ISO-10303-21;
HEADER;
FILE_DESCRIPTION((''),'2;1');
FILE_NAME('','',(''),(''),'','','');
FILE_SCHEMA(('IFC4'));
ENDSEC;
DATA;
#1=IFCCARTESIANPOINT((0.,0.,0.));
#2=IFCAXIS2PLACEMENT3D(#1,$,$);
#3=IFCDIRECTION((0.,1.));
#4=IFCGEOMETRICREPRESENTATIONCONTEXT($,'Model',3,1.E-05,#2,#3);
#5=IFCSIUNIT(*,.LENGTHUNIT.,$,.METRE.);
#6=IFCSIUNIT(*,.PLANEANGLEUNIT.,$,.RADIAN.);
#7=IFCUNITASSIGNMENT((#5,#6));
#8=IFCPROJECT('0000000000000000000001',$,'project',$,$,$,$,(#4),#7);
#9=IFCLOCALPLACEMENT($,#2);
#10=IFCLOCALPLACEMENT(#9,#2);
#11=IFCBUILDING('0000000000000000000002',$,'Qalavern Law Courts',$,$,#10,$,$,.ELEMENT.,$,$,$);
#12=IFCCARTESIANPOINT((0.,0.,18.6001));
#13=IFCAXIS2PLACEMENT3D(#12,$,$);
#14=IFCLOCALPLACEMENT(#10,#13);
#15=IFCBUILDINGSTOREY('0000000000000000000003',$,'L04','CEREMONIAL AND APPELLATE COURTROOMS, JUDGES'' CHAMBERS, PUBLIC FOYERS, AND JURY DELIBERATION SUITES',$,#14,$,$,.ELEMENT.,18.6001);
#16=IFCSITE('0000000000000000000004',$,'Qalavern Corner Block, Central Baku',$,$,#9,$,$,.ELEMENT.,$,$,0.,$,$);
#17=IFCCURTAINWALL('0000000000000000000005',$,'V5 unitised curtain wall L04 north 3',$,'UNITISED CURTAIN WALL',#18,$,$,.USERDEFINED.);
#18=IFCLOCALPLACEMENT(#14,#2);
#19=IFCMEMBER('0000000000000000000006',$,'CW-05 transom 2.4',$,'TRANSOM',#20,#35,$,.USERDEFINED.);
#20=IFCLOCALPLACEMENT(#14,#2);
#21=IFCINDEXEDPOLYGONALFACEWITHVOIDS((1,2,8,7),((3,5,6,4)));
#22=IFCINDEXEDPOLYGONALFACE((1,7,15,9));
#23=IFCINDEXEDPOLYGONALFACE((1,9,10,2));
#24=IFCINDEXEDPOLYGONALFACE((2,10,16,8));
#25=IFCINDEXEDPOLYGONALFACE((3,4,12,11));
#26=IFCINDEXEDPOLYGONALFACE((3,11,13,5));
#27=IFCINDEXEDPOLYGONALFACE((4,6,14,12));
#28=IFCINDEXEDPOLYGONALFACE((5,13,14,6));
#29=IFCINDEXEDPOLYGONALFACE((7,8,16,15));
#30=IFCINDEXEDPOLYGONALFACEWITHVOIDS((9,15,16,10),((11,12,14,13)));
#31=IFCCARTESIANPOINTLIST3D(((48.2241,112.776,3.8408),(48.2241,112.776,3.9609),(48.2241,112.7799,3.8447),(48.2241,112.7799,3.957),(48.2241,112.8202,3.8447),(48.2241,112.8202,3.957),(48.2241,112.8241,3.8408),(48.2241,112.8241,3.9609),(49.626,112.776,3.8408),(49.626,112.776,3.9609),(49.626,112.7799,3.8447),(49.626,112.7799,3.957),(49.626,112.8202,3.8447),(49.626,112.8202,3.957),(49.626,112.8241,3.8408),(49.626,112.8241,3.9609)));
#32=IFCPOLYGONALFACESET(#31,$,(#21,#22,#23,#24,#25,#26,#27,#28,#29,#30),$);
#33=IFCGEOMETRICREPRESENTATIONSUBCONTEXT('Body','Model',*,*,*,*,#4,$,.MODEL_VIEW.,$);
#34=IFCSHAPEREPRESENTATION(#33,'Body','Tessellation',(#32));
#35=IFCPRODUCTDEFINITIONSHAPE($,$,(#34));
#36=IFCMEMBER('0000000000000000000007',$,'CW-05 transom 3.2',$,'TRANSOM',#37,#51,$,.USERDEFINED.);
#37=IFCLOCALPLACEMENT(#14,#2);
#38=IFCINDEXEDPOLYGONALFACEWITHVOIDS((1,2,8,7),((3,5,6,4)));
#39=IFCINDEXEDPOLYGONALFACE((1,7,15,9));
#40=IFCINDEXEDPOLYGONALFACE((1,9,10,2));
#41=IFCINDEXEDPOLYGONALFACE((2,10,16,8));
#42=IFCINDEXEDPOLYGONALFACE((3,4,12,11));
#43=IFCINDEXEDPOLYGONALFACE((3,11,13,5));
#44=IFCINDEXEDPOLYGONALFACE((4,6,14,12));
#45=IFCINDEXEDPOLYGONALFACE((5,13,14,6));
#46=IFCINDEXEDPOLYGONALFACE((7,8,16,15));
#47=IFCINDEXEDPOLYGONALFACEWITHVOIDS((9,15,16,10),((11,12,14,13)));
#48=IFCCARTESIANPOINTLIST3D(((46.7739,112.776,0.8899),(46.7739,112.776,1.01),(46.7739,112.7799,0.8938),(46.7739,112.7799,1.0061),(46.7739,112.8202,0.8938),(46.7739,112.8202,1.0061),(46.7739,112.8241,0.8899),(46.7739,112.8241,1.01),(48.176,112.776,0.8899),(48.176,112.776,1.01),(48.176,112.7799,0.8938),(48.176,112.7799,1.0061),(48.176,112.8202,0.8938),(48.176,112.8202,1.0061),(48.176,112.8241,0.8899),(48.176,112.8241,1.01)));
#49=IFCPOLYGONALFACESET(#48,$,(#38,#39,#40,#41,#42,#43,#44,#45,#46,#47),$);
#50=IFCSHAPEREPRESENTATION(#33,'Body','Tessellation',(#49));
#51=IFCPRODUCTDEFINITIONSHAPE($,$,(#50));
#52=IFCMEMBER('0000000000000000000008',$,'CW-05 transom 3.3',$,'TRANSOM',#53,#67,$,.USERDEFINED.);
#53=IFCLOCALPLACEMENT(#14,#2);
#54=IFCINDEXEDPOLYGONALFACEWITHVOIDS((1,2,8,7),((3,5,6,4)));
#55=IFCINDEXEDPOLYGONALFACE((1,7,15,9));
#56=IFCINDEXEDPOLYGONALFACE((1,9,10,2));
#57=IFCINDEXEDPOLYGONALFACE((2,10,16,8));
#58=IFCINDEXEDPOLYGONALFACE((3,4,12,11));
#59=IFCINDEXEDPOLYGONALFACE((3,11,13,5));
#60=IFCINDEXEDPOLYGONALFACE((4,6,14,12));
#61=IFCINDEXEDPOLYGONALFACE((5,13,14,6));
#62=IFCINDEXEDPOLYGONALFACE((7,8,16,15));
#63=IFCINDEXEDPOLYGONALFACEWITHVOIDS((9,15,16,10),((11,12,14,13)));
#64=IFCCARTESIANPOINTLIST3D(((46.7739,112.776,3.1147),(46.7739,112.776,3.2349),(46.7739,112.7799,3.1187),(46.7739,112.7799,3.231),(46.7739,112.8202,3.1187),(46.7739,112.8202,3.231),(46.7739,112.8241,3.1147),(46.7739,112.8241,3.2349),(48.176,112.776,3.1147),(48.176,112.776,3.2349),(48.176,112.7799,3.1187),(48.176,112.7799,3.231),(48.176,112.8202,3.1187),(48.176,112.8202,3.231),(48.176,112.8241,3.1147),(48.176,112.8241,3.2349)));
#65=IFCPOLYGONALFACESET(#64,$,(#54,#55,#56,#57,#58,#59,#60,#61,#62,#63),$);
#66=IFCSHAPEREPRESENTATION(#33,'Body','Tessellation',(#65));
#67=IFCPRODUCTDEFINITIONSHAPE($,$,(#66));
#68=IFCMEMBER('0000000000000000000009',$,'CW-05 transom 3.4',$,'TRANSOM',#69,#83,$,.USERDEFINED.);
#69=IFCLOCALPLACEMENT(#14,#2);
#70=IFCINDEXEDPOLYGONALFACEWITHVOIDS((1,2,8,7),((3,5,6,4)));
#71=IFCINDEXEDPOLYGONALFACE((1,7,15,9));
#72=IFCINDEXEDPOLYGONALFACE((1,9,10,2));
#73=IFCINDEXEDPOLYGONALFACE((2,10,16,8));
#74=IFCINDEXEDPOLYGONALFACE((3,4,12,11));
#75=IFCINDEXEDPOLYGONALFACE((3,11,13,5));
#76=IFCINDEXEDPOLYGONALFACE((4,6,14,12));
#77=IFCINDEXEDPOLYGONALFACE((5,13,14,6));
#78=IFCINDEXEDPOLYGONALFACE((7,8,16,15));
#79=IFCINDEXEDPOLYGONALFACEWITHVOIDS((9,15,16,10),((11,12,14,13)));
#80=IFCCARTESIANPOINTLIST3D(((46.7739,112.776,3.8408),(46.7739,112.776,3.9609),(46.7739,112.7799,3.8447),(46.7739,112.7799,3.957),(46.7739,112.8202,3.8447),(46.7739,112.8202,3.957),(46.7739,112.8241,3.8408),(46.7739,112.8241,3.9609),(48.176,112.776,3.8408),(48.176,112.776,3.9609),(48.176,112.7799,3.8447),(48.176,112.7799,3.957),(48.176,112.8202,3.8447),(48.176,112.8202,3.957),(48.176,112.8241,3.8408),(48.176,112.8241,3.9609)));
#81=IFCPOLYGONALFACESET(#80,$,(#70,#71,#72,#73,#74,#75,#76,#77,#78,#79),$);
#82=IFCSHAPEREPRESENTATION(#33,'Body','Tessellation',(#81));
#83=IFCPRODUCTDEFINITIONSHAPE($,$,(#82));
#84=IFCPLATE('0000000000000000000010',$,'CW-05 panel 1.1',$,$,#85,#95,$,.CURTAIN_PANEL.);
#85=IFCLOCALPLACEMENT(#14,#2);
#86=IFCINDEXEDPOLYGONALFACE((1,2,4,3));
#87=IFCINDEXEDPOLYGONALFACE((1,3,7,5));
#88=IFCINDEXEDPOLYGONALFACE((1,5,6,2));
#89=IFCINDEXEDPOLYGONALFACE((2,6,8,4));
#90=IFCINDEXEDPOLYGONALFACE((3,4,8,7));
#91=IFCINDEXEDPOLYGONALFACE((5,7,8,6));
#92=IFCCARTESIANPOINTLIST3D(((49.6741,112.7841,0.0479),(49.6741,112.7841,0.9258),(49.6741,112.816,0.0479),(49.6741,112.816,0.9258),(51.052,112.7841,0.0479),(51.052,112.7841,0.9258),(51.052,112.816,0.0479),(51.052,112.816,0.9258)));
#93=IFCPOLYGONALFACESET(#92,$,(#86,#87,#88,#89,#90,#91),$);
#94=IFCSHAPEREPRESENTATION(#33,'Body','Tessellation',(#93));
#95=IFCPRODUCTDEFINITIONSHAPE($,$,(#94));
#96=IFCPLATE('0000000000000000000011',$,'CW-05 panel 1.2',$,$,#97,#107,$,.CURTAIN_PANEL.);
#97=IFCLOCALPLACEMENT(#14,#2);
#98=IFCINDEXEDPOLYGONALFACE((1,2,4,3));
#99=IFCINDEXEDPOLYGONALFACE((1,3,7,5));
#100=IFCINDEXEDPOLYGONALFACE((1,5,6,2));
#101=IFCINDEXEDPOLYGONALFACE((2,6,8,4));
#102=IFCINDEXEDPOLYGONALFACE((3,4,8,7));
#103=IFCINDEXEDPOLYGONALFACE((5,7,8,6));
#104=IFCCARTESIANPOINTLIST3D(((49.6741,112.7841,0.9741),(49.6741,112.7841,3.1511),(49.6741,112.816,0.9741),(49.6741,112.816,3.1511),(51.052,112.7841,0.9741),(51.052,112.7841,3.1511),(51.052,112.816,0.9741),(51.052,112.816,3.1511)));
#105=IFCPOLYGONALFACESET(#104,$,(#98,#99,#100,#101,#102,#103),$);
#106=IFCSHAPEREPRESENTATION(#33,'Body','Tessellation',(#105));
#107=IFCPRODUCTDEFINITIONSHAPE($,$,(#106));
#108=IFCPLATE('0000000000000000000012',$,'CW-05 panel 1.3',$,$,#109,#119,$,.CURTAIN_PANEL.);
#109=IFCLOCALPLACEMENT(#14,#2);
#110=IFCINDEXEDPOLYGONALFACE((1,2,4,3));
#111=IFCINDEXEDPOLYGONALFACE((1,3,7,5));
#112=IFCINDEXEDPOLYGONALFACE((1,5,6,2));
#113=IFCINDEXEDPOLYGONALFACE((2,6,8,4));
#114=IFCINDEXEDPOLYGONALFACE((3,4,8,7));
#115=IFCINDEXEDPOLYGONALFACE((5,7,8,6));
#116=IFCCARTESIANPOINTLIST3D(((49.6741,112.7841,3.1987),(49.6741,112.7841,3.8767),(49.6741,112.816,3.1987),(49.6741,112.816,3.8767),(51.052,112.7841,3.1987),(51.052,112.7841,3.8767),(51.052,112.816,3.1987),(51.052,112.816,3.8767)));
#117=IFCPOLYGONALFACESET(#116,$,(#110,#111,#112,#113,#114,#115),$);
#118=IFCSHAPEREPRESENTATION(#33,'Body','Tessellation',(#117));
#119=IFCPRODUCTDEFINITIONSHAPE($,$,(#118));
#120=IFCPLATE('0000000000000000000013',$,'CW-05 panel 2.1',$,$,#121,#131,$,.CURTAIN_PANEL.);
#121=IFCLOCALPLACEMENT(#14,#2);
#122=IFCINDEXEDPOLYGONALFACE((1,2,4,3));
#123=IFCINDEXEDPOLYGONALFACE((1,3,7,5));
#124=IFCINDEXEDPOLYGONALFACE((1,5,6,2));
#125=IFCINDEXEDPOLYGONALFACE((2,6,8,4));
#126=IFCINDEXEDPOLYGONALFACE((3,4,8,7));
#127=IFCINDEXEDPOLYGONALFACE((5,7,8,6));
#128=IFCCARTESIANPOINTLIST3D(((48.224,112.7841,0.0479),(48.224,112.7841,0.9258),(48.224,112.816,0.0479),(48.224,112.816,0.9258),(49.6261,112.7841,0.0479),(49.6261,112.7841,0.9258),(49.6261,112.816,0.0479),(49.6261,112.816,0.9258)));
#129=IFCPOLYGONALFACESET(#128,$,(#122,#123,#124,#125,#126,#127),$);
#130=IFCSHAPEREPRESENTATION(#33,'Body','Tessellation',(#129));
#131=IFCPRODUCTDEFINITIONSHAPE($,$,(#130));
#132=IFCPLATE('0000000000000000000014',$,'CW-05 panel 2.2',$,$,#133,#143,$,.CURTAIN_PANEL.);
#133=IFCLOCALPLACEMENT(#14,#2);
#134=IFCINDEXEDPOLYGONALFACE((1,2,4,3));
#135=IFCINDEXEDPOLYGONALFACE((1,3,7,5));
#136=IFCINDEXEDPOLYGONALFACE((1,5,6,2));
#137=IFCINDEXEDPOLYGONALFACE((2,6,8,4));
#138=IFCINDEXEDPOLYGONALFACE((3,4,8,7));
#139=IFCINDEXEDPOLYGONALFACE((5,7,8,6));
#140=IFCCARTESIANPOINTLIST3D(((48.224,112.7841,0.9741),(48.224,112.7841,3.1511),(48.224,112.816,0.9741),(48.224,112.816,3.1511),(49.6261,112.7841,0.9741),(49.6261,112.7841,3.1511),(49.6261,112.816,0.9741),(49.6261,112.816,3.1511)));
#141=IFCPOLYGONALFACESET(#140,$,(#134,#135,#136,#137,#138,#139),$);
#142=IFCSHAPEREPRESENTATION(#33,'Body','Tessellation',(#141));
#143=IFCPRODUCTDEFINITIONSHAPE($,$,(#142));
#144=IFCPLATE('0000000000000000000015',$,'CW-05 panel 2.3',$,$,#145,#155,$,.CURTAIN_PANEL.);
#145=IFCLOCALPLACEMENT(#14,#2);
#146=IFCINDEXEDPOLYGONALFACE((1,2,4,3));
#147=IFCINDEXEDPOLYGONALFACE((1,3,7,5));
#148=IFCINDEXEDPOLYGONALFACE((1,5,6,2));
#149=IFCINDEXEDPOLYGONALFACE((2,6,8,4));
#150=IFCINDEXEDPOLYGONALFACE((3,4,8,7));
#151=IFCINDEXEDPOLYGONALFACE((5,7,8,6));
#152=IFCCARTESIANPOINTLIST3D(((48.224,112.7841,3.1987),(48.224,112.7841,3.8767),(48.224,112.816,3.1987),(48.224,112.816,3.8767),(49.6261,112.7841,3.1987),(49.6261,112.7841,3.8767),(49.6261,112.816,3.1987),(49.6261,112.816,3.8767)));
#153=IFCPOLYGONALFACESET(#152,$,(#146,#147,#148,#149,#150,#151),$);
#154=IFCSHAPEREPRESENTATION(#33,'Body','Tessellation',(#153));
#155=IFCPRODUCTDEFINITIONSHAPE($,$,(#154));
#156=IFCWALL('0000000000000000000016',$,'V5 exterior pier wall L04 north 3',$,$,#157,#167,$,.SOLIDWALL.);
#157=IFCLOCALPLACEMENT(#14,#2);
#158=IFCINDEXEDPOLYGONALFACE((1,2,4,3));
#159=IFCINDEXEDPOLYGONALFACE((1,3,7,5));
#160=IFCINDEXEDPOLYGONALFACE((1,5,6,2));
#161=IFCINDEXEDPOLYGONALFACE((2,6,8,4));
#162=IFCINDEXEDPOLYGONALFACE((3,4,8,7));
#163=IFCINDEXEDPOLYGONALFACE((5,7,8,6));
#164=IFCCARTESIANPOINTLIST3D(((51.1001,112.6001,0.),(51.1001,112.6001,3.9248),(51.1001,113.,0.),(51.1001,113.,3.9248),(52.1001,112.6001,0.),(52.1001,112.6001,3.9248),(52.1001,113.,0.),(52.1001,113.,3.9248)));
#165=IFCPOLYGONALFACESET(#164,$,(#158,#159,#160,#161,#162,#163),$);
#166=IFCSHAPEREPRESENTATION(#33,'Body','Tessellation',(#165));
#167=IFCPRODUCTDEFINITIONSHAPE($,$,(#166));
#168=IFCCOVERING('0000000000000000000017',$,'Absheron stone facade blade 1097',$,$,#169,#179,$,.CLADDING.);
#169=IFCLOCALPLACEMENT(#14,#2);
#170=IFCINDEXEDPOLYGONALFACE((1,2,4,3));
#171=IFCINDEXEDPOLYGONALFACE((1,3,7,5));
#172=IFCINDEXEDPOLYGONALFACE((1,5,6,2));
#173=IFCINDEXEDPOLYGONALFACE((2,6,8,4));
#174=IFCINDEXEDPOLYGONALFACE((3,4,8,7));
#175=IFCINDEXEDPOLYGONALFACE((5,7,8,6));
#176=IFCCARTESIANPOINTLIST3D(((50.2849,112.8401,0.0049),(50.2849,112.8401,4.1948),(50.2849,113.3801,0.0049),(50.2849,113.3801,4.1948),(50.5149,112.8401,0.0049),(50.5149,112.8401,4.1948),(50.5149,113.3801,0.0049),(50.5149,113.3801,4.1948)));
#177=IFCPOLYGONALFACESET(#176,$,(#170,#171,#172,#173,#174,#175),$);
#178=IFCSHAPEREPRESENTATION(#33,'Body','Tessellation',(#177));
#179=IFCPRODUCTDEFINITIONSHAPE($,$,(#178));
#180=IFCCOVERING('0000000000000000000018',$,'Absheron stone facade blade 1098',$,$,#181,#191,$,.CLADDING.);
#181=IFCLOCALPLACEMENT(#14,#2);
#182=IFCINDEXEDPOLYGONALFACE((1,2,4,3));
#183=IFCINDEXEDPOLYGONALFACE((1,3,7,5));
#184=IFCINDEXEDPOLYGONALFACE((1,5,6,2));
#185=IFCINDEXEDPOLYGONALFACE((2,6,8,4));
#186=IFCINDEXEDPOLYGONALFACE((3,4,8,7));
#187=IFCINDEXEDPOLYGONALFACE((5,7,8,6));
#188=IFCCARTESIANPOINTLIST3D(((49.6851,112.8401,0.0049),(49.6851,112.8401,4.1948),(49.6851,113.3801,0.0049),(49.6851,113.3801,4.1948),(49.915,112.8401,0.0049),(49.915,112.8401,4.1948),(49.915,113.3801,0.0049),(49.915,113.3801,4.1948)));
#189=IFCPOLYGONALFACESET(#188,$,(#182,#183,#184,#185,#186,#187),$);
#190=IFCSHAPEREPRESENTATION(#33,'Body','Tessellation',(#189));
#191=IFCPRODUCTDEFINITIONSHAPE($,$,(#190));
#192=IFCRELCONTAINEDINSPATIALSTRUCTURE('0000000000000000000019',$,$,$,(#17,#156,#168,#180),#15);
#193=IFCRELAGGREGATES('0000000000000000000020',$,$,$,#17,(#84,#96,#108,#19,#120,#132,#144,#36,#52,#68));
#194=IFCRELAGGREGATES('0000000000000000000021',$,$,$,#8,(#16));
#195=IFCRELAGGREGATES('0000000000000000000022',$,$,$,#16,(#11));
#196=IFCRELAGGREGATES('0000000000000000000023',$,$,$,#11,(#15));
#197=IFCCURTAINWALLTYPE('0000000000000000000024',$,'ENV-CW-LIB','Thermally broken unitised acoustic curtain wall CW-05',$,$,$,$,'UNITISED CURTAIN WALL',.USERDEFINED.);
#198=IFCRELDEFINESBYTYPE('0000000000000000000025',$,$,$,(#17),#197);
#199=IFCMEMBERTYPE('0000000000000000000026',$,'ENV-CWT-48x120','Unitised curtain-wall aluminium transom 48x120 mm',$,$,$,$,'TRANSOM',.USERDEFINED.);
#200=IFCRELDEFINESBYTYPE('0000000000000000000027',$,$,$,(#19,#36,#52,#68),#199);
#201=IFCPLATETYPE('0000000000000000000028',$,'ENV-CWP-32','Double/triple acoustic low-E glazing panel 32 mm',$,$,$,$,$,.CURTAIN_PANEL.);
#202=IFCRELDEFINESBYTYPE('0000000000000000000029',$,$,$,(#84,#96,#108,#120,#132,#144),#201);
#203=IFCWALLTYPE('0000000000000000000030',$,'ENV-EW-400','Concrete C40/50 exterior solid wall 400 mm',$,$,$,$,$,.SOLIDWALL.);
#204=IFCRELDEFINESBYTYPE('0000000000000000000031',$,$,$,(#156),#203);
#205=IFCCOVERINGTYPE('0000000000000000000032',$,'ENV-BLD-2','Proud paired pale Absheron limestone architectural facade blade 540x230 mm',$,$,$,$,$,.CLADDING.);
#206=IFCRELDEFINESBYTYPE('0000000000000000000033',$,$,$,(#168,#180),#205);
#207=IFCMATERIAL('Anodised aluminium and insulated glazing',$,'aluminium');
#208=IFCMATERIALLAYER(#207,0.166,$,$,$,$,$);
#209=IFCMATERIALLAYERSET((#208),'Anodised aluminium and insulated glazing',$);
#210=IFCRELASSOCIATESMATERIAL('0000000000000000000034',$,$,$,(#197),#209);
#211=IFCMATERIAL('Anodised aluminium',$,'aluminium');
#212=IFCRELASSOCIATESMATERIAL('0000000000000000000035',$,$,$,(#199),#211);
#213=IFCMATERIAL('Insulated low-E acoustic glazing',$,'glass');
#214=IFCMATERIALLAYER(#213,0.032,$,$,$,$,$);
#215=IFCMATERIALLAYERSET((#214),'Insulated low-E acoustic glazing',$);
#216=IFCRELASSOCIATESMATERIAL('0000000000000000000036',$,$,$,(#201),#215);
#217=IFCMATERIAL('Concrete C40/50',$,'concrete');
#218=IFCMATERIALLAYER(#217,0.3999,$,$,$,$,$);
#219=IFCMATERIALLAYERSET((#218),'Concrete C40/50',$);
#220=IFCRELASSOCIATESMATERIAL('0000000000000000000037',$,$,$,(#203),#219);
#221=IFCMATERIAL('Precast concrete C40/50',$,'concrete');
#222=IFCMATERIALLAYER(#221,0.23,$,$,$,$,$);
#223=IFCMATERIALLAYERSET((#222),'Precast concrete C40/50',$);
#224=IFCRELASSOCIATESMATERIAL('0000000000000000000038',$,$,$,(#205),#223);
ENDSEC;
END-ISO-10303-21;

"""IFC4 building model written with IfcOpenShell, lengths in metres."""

from ifc_helpers import new_model, si_unit, direction, frame, frame_2d, origin, origin_2d, place, context, subcontext, project, spatial, rectangle, hollow_rectangle, extrude, material, layer, layer_set, material_profile, profile_set, type_object, element, aggregate, save


model = new_model("IFC4")

# Units and contexts
model_context = context("Model", 3, precision=1e-05, world=origin(), true_north=direction((0.0, 1.0)))
body_context = subcontext(model_context, "Body", "Model", "MODEL_VIEW")
ifc_project = project(units=[si_unit("LENGTHUNIT", "METRE"), si_unit("PLANEANGLEUNIT", "RADIAN")], contexts=[model_context])

# Site, building, storey
site_placement = place(None, origin())
site = spatial("IfcSite", under=ifc_project, at=site_placement, Name="Qalavern Corner Block, Central Baku", CompositionType="ELEMENT", RefElevation=0.0)
building_placement = place(site_placement, origin())
building = spatial("IfcBuilding", under=site, at=building_placement, Name="Qalavern Law Courts", CompositionType="ELEMENT")
storey_placement = place(building_placement, frame((0.0, 0.0, 18.6001)))
storey = spatial("IfcBuildingStorey", under=building, at=storey_placement, Name="L04", Description="CEREMONIAL AND APPELLATE COURTROOMS, JUDGES' CHAMBERS, PUBLIC FOYERS, AND JURY DELIBERATION SUITES", CompositionType="ELEMENT", Elevation=18.6001)

# Shared definitions
ifc_material_1 = material(Name="Anodised aluminium and insulated glazing", Category="aluminium")
ifc_layer_1 = layer(ifc_material_1, 0.166)
ifc_layer_set_1 = layer_set([ifc_layer_1], Name="Anodised aluminium and insulated glazing")
curtain_wall_type = type_object("IfcCurtainWallType", Name="ENV-CW-LIB", Description="Thermally broken unitised acoustic curtain wall CW-05", ElementType="UNITISED CURTAIN WALL", PredefinedType="USERDEFINED", material=ifc_layer_set_1)
ifc_material_2 = material(Name="Anodised aluminium", Category="aluminium")

# Curtain wall, members, plates
curtain_wall_1_placement = place(storey_placement, origin())
curtain_wall_1 = element("IfcCurtainWall", 1, at=curtain_wall_1_placement, inside=storey, type_object=curtain_wall_type, Name="V5 unitised curtain wall L04 north 3", ObjectType="UNITISED CURTAIN WALL", PredefinedType="USERDEFINED")
ifc_material_profile_1 = material_profile(ifc_material_2, hollow_rectangle(XDim=0.0481, YDim=0.1201, WallThickness=0.0039, at=origin_2d()), Name="ALU TRANSOM 48x120")
ifc_profile_set_1 = profile_set([ifc_material_profile_1], Name="Anodised aluminium")
member_type_1 = type_object("IfcMemberType", Name="ENV-CWT-48x120", Description="Unitised curtain-wall aluminium transom 48x120 mm", ElementType="TRANSOM", PredefinedType="USERDEFINED", material=ifc_profile_set_1)
member_1_placement = place(storey_placement, frame((49.626, 112.8, 3.9009), z_axis=(-1.0, 0.0, 0.0), x_axis=(0.0, -1.0, 0.0)))
member_1 = element("IfcMember", 2, at=member_1_placement, type_object=member_type_1, Name="CW-05 transom 2.4", ObjectType="TRANSOM", PredefinedType="USERDEFINED", context=body_context, shape_type="SweptSolid", body=[
    extrude(hollow_rectangle(XDim=0.0481, YDim=0.1201, WallThickness=0.0039, at=origin_2d()), origin(), (0.0, 0.0, 1.0), 1.4019),
])
member_2_placement = place(storey_placement, frame((48.176, 112.8, 0.95), z_axis=(-1.0, 0.0, 0.0), x_axis=(0.0, -1.0, 0.0)))
member_2 = element("IfcMember", 3, at=member_2_placement, type_object=member_type_1, Name="CW-05 transom 3.2", ObjectType="TRANSOM", PredefinedType="USERDEFINED", context=body_context, shape_type="SweptSolid", body=[
    extrude(hollow_rectangle(XDim=0.0481, YDim=0.1201, WallThickness=0.0039, at=origin_2d()), origin(), (0.0, 0.0, 1.0), 1.4021),
])
member_3_placement = place(storey_placement, frame((48.176, 112.8, 3.1748), z_axis=(-1.0, 0.0, 0.0), x_axis=(0.0, -1.0, 0.0)))
member_3 = element("IfcMember", 4, at=member_3_placement, type_object=member_type_1, Name="CW-05 transom 3.3", ObjectType="TRANSOM", PredefinedType="USERDEFINED", context=body_context, shape_type="SweptSolid", body=[
    extrude(hollow_rectangle(XDim=0.0481, YDim=0.1201, WallThickness=0.0039, at=origin_2d()), origin(), (0.0, 0.0, 1.0), 1.4021),
])
member_4_placement = place(storey_placement, frame((48.176, 112.8, 3.9009), z_axis=(-1.0, 0.0, 0.0), x_axis=(0.0, -1.0, 0.0)))
member_4 = element("IfcMember", 5, at=member_4_placement, type_object=member_type_1, Name="CW-05 transom 3.4", ObjectType="TRANSOM", PredefinedType="USERDEFINED", context=body_context, shape_type="SweptSolid", body=[
    extrude(hollow_rectangle(XDim=0.0481, YDim=0.1201, WallThickness=0.0039, at=origin_2d()), origin(), (0.0, 0.0, 1.0), 1.4021),
])
ifc_material_3 = material(Name="Insulated low-E acoustic glazing", Category="glass")
ifc_layer_2 = layer(ifc_material_3, 0.032)
ifc_layer_set_2 = layer_set([ifc_layer_2], Name="Insulated low-E acoustic glazing")
plate_type = type_object("IfcPlateType", Name="ENV-CWP-32", Description="Double/triple acoustic low-E glazing panel 32 mm", PredefinedType="CURTAIN_PANEL", material=ifc_layer_set_2)
plate_1_placement = place(storey_placement, frame((50.363, 112.8, 0.0479), z_axis=(0.0, 0.0, 1.0), x_axis=(-1.0, 0.0, 0.0)))
plate_1 = element("IfcPlate", 6, at=plate_1_placement, type_object=plate_type, Name="CW-05 panel 1.1", PredefinedType="CURTAIN_PANEL", context=body_context, shape_type="SweptSolid", body=[
    extrude(rectangle(XDim=1.3779, YDim=0.032, at=origin_2d()), origin(), (0.0, 0.0, 1.0), 0.8779),
])
plate_2_placement = place(storey_placement, frame((50.363, 112.8, 0.9741), z_axis=(0.0, 0.0, 1.0), x_axis=(-1.0, 0.0, 0.0)))
plate_2 = element("IfcPlate", 7, at=plate_2_placement, type_object=plate_type, Name="CW-05 panel 1.2", PredefinedType="CURTAIN_PANEL", context=body_context, shape_type="SweptSolid", body=[
    extrude(rectangle(XDim=1.3779, YDim=0.032, at=origin_2d()), origin(), (0.0, 0.0, 1.0), 2.177),
])
plate_3_placement = place(storey_placement, frame((50.363, 112.8, 3.1987), z_axis=(0.0, 0.0, 1.0), x_axis=(-1.0, 0.0, 0.0)))
plate_3 = element("IfcPlate", 8, at=plate_3_placement, type_object=plate_type, Name="CW-05 panel 1.3", PredefinedType="CURTAIN_PANEL", context=body_context, shape_type="SweptSolid", body=[
    extrude(rectangle(XDim=1.3779, YDim=0.032, at=origin_2d()), origin(), (0.0, 0.0, 1.0), 0.678),
])
plate_4_placement = place(storey_placement, frame((48.925, 112.8, 0.0479), z_axis=(0.0, 0.0, 1.0), x_axis=(-1.0, 0.0, 0.0)))
plate_4 = element("IfcPlate", 9, at=plate_4_placement, type_object=plate_type, Name="CW-05 panel 2.1", PredefinedType="CURTAIN_PANEL", context=body_context, shape_type="SweptSolid", body=[
    extrude(rectangle(XDim=1.4021, YDim=0.032, at=origin_2d()), origin(), (0.0, 0.0, 1.0), 0.8779),
])
plate_5_placement = place(storey_placement, frame((48.925, 112.8, 0.9741), z_axis=(0.0, 0.0, 1.0), x_axis=(-1.0, 0.0, 0.0)))
plate_5 = element("IfcPlate", 10, at=plate_5_placement, type_object=plate_type, Name="CW-05 panel 2.2", PredefinedType="CURTAIN_PANEL", context=body_context, shape_type="SweptSolid", body=[
    extrude(rectangle(XDim=1.4021, YDim=0.032, at=origin_2d()), origin(), (0.0, 0.0, 1.0), 2.177),
])
plate_6_placement = place(storey_placement, frame((48.925, 112.8, 3.1987), z_axis=(0.0, 0.0, 1.0), x_axis=(-1.0, 0.0, 0.0)))
plate_6 = element("IfcPlate", 11, at=plate_6_placement, type_object=plate_type, Name="CW-05 panel 2.3", PredefinedType="CURTAIN_PANEL", context=body_context, shape_type="SweptSolid", body=[
    extrude(rectangle(XDim=1.4021, YDim=0.032, at=origin_2d()), origin(), (0.0, 0.0, 1.0), 0.678),
])
aggregate(curtain_wall_1, [plate_1, plate_2, plate_3, member_1, plate_4, plate_5, plate_6, member_2, member_3, member_4])

# Wall
ifc_material_4 = material(Name="Concrete C40/50", Category="concrete")
ifc_layer_3 = layer(ifc_material_4, 0.3999)
ifc_layer_set_3 = layer_set([ifc_layer_3], Name="Concrete C40/50")
wall_type = type_object("IfcWallType", Name="ENV-EW-400", Description="Concrete C40/50 exterior solid wall 400 mm", PredefinedType="SOLIDWALL", material=ifc_layer_set_3)
wall_placement = place(storey_placement, frame((52.1001, 112.8, 0.0), z_axis=(0.0, 0.0, 1.0), x_axis=(-1.0, 0.0, 0.0)))
element("IfcWall", 12, at=wall_placement, inside=storey, type_object=wall_type, Name="V5 exterior pier wall L04 north 3", PredefinedType="SOLIDWALL", context=body_context, shape_type="SweptSolid", body=[
    extrude(rectangle(XDim=1.0, YDim=0.3999, at=frame_2d((0.5, 0.0))), origin(), (0.0, 0.0, 1.0), 3.9248),
])

# Coverings
ifc_material_5 = material(Name="Precast concrete C40/50", Category="concrete")
ifc_layer_4 = layer(ifc_material_5, 0.23)
ifc_layer_set_4 = layer_set([ifc_layer_4], Name="Precast concrete C40/50")
covering_type_1 = type_object("IfcCoveringType", Name="ENV-BLD-2", Description="Proud paired pale Absheron limestone architectural facade blade 540x230 mm", PredefinedType="CLADDING", material=ifc_layer_set_4)
for number, where, z_axis, x_axis, name in (
    (13, (50.3999, 113.1101, 0.0049), (0.0, 0.0, 1.0), (0.0, 1.0, 0.0), "Absheron stone facade blade 1097"),
    (14, (49.8, 113.1101, 0.0049), (0.0, 0.0, 1.0), (0.0, 1.0, 0.0), "Absheron stone facade blade 1098"),
):
    element("IfcCovering", number, at=place(storey_placement, frame(where, z_axis=z_axis, x_axis=x_axis)), inside=storey, type_object=covering_type_1, Name=name, PredefinedType="CLADDING", context=body_context, shape_type="SweptSolid", body=[
        extrude(rectangle(XDim=0.54, YDim=0.23, at=origin_2d()), origin(), (0.0, 0.0, 1.0), 4.1899),
    ])

save(model, "model.ifc")
